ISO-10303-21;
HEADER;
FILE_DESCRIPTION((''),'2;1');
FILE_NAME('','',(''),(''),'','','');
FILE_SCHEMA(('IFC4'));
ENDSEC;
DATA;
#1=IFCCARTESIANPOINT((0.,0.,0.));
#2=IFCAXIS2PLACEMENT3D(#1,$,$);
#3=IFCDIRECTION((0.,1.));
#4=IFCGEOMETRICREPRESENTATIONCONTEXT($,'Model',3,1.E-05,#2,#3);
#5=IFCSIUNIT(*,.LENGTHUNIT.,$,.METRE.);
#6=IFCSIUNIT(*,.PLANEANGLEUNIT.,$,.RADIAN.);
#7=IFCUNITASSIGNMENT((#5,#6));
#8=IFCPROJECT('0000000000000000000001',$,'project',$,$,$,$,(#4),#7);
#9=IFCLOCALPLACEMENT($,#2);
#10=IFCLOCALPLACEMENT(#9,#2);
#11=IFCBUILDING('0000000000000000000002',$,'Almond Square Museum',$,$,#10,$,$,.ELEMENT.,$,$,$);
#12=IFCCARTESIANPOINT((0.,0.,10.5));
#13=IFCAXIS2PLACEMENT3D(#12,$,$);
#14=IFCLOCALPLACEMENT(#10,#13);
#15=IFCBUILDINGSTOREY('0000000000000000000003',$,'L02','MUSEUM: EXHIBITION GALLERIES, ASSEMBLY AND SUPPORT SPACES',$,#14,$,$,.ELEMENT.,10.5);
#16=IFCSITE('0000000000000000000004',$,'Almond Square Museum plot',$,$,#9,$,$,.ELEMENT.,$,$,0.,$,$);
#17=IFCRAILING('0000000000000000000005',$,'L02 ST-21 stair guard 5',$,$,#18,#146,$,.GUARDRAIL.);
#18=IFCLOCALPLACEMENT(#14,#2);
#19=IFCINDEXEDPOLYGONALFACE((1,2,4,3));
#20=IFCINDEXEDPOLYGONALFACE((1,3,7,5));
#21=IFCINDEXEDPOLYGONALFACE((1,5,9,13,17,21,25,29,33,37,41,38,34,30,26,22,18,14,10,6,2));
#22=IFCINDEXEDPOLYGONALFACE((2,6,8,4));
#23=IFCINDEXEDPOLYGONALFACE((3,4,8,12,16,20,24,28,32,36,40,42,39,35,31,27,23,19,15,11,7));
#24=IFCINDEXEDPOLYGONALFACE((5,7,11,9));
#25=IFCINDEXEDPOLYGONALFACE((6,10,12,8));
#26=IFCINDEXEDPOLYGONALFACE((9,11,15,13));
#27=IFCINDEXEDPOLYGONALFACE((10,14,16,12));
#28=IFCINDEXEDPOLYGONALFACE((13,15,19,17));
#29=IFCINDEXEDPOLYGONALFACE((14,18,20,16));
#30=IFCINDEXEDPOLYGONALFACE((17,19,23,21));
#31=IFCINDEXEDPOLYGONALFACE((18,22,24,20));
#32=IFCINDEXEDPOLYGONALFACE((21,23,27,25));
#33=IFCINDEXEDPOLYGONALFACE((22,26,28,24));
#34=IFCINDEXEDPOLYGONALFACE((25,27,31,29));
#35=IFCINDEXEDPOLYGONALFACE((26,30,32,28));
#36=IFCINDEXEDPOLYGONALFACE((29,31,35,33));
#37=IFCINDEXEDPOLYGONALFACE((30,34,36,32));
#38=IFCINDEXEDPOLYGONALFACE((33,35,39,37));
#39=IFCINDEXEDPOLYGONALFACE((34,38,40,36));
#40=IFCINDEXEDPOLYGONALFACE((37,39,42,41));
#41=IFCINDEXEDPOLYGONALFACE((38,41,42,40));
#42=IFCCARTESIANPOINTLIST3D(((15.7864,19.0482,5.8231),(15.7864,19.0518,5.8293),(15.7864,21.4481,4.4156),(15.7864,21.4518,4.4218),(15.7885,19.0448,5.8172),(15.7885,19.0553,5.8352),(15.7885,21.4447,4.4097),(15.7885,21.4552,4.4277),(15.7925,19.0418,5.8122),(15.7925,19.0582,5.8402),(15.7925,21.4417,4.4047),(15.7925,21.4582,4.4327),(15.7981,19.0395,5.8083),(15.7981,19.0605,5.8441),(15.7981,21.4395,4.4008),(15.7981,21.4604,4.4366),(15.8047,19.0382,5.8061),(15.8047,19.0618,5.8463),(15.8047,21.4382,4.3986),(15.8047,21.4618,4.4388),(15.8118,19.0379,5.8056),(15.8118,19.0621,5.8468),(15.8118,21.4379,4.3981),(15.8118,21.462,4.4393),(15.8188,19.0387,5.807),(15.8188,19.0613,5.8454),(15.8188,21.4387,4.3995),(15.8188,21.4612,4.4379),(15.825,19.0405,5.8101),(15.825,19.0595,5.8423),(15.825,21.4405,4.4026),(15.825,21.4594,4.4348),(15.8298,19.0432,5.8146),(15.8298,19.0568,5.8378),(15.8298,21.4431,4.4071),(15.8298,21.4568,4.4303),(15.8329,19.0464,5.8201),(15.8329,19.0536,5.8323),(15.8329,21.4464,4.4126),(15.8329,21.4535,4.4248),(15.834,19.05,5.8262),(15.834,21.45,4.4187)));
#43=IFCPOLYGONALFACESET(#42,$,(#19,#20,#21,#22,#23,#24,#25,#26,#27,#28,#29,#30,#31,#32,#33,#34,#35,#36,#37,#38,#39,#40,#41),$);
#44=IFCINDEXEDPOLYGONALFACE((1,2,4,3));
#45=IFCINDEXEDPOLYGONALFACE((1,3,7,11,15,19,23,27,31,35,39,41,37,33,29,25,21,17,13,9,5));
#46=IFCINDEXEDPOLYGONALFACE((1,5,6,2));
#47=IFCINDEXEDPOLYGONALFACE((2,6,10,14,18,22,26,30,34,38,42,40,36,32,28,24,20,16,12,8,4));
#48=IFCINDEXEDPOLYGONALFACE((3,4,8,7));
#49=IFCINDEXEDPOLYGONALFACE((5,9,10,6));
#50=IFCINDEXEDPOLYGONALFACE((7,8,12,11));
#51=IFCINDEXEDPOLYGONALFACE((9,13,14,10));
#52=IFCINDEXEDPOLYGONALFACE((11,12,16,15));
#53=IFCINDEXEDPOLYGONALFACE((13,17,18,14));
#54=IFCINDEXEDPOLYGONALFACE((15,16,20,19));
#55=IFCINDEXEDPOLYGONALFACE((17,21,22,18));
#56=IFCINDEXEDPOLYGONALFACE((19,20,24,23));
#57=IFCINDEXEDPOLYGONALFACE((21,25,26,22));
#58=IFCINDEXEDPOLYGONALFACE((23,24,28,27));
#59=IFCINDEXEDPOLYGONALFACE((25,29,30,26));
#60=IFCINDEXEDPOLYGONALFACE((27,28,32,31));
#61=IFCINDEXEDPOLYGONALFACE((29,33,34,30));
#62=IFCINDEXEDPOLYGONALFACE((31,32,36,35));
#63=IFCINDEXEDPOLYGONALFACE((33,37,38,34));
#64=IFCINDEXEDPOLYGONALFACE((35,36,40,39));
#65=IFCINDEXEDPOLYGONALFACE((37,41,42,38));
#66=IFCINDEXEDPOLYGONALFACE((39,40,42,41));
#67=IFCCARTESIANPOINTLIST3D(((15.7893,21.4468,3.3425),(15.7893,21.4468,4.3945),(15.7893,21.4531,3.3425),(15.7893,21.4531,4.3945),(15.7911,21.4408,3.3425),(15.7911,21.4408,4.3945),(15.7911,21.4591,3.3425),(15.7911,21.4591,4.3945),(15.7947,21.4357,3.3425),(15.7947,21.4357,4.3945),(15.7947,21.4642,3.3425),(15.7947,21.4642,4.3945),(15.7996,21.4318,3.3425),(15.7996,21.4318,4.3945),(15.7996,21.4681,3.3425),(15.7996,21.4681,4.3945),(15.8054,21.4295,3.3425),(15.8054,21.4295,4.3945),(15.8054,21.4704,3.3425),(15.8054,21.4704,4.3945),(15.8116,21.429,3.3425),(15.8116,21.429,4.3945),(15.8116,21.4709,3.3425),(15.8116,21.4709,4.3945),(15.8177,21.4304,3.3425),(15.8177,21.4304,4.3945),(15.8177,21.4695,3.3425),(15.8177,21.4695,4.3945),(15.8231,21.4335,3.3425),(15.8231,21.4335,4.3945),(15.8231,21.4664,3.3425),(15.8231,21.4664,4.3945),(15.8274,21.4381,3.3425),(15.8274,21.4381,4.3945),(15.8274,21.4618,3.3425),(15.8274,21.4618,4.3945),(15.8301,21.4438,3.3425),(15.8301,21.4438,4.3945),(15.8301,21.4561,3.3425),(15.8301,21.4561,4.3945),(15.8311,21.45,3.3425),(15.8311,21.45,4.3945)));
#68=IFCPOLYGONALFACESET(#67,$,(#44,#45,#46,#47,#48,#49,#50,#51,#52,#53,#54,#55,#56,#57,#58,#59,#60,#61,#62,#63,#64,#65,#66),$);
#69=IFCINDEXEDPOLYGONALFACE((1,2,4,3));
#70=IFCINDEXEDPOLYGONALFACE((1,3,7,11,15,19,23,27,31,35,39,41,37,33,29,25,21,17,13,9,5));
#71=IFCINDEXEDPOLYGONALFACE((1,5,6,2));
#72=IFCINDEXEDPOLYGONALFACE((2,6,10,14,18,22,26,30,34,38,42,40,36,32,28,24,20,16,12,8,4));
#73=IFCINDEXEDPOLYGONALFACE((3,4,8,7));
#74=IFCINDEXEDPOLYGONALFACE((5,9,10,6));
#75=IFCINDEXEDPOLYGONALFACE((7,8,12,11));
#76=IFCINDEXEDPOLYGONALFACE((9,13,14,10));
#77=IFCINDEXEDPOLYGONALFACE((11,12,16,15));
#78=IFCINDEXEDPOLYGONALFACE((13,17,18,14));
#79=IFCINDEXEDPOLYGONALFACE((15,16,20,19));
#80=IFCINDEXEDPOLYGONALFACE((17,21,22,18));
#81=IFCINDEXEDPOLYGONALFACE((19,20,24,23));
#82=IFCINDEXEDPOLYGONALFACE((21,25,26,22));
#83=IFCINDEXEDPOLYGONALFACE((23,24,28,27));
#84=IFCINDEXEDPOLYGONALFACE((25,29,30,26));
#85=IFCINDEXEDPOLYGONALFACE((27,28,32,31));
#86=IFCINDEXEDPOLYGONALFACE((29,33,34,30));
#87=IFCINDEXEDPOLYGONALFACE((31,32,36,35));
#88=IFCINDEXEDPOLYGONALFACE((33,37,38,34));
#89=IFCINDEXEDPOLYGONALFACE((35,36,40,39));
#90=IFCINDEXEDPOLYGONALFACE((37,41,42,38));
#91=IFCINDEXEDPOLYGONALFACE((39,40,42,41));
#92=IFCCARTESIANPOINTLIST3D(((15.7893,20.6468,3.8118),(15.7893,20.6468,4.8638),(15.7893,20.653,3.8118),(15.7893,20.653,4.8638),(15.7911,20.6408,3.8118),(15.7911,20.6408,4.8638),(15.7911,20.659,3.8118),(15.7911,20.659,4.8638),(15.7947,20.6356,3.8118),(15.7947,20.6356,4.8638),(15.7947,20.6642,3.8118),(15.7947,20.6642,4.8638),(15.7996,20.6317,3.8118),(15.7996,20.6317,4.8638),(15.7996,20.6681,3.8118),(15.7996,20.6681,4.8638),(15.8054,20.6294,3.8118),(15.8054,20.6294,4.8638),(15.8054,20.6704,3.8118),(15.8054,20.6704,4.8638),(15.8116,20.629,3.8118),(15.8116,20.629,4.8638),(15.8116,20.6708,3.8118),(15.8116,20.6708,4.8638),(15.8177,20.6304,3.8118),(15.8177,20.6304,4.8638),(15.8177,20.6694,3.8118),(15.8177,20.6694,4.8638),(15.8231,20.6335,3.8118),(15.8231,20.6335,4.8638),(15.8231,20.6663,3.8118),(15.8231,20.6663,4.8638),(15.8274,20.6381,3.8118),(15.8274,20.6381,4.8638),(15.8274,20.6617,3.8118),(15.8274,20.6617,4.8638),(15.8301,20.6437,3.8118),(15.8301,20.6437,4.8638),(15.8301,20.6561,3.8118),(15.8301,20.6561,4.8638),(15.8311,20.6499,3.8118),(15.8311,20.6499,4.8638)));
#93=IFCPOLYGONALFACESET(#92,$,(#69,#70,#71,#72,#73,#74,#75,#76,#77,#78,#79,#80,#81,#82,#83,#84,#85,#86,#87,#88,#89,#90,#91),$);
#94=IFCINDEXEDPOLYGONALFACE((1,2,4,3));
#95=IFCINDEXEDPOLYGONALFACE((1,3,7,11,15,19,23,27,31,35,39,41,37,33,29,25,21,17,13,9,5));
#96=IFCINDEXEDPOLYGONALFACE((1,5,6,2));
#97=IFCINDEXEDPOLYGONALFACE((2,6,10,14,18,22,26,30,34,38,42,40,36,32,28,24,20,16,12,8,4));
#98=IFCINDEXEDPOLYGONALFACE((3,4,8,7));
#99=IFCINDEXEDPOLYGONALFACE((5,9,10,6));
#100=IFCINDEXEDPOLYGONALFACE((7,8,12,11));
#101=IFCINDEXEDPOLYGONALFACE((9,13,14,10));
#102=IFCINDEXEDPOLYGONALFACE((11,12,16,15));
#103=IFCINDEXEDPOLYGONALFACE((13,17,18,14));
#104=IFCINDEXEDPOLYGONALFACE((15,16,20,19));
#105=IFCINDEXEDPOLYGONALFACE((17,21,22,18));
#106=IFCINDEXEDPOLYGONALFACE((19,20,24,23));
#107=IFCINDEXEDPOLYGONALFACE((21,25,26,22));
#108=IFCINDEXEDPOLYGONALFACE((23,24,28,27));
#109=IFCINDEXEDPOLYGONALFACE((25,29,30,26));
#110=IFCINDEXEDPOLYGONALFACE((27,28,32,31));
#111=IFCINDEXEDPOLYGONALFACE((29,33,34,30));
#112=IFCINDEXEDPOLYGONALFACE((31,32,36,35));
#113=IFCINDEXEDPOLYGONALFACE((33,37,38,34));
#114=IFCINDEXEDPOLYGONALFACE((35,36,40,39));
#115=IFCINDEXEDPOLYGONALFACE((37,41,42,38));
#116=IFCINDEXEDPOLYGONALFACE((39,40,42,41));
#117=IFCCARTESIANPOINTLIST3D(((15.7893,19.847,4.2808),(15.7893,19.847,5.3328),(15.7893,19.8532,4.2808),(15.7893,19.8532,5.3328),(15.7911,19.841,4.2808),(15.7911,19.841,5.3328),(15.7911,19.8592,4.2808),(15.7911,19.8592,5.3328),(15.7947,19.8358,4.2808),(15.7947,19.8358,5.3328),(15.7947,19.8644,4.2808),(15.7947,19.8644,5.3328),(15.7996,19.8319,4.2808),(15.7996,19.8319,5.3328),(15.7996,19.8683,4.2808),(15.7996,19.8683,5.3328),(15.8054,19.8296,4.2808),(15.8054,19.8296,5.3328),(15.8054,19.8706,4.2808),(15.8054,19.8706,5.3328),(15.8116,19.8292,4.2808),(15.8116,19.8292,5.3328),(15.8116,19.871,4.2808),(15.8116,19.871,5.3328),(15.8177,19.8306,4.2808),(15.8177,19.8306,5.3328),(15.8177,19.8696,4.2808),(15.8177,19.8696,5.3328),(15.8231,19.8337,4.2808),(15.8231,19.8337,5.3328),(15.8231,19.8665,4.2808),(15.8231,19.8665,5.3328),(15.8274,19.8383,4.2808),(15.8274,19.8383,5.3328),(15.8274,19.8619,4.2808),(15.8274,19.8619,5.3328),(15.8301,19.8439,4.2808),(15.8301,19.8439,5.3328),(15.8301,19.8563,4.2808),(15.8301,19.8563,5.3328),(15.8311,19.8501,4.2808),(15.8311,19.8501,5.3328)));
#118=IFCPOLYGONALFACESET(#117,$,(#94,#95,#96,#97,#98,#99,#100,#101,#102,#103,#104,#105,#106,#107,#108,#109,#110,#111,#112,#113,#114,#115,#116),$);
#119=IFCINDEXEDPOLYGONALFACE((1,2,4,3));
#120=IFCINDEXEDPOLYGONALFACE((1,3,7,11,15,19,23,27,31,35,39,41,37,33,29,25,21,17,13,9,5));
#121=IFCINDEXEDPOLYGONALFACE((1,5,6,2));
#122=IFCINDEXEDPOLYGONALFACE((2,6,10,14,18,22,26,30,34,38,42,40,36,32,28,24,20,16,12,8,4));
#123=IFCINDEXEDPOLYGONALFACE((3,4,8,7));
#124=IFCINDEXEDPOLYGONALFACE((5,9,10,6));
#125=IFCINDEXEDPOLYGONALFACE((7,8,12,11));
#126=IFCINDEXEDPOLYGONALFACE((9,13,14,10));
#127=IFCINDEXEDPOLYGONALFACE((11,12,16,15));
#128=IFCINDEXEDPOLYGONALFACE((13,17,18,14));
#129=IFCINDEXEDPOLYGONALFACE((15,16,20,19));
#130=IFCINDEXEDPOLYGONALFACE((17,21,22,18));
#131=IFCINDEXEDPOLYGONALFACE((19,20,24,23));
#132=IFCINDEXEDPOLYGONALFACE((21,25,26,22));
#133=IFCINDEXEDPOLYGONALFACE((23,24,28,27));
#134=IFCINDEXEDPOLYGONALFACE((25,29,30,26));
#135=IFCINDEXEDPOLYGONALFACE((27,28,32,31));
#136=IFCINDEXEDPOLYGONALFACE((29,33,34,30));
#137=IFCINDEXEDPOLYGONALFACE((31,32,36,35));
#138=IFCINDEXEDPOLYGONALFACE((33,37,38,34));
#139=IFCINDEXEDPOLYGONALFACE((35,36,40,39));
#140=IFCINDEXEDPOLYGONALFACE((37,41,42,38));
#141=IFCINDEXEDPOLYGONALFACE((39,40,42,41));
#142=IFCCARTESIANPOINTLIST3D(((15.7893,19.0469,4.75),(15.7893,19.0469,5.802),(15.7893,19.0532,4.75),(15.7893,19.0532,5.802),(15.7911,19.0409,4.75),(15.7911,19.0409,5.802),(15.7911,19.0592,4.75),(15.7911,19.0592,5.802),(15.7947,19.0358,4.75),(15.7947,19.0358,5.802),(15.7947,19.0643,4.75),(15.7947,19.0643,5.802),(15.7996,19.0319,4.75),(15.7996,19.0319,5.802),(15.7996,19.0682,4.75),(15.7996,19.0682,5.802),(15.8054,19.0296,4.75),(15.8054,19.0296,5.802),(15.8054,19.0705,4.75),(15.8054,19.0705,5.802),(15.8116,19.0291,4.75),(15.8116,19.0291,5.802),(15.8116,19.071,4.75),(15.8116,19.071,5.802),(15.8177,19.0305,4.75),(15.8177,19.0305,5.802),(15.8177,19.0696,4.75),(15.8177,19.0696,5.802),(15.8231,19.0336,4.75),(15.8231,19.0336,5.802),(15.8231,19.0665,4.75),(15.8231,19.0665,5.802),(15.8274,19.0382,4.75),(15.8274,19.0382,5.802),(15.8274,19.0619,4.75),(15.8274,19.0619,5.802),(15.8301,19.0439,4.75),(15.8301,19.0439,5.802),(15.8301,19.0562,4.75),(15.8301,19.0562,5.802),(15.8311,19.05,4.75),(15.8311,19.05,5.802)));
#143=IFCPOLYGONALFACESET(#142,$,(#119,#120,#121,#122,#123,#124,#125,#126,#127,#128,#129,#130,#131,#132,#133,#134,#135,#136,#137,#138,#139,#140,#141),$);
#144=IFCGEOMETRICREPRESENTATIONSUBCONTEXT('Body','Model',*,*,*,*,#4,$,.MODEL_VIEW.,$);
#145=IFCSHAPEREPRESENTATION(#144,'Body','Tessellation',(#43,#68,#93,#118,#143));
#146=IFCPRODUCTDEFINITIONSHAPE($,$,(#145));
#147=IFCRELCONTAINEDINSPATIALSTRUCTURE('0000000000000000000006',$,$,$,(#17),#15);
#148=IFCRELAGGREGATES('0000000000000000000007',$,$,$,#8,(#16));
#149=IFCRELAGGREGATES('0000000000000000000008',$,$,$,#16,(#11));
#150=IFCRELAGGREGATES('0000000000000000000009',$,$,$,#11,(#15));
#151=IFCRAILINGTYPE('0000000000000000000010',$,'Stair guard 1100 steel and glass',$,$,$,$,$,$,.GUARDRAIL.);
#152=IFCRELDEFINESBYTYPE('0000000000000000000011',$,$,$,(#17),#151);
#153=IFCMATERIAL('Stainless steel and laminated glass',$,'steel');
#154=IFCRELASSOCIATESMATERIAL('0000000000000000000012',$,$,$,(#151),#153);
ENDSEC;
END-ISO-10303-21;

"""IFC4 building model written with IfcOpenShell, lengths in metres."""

from ifc_helpers import new_model, si_unit, direction, frame, origin, origin_2d, place, context, subcontext, project, spatial, circle, extrude, material, type_object, element, save


model = new_model("IFC4")

# Units and contexts
model_context = context("Model", 3, precision=1e-05, world=origin(), true_north=direction((0.0, 1.0)))
body_context = subcontext(model_context, "Body", "Model", "MODEL_VIEW")
ifc_project = project(units=[si_unit("LENGTHUNIT", "METRE"), si_unit("PLANEANGLEUNIT", "RADIAN")], contexts=[model_context])

# Site, building, storey
site_placement = place(None, origin())
site = spatial("IfcSite", under=ifc_project, at=site_placement, Name="Almond Square Museum plot", CompositionType="ELEMENT", RefElevation=0.0)
building_placement = place(site_placement, origin())
building = spatial("IfcBuilding", under=site, at=building_placement, Name="Almond Square Museum", CompositionType="ELEMENT")
storey_placement = place(building_placement, frame((0.0, 0.0, 10.5)))
storey = spatial("IfcBuildingStorey", under=building, at=storey_placement, Name="L02", Description="MUSEUM: EXHIBITION GALLERIES, ASSEMBLY AND SUPPORT SPACES", CompositionType="ELEMENT", Elevation=10.5)

# Railing
ifc_material_1 = material(Name="Stainless steel and laminated glass", Category="steel")
railing_type_1 = type_object("IfcRailingType", Name="Stair guard 1100 steel and glass", PredefinedType="GUARDRAIL", material=ifc_material_1)
railing_1_placement = place(storey_placement, frame((15.8101, 21.45, 3.3425)))
element("IfcRailing", 1, at=railing_1_placement, inside=storey, type_object=railing_type_1, Name="L02 ST-21 stair guard 5", PredefinedType="GUARDRAIL", context=body_context, shape_type="SweptSolid", body=[
    extrude(circle(Radius=0.0239, at=origin_2d()), frame((0.0, 0.0, 1.0762), z_axis=(0.0, -0.862599, 0.505888), x_axis=(1.0, 0.0, 0.0)), (0.0, 0.0, 1.0), 2.7822),
    extrude(circle(Radius=0.021, at=origin_2d()), origin(), (0.0, 0.0, 1.0), 1.052),
    extrude(circle(Radius=0.021, at=origin_2d()), frame((0.0, -0.8, 0.4692)), (0.0, 0.0, 1.0), 1.052),
    extrude(circle(Radius=0.021, at=origin_2d()), frame((0.0, -1.5999, 0.9382)), (0.0, 0.0, 1.0), 1.052),
    extrude(circle(Radius=0.021, at=origin_2d()), frame((0.0, -2.3999, 1.4075)), (0.0, 0.0, 1.0), 1.052),
])

save(model, "model.ifc")
